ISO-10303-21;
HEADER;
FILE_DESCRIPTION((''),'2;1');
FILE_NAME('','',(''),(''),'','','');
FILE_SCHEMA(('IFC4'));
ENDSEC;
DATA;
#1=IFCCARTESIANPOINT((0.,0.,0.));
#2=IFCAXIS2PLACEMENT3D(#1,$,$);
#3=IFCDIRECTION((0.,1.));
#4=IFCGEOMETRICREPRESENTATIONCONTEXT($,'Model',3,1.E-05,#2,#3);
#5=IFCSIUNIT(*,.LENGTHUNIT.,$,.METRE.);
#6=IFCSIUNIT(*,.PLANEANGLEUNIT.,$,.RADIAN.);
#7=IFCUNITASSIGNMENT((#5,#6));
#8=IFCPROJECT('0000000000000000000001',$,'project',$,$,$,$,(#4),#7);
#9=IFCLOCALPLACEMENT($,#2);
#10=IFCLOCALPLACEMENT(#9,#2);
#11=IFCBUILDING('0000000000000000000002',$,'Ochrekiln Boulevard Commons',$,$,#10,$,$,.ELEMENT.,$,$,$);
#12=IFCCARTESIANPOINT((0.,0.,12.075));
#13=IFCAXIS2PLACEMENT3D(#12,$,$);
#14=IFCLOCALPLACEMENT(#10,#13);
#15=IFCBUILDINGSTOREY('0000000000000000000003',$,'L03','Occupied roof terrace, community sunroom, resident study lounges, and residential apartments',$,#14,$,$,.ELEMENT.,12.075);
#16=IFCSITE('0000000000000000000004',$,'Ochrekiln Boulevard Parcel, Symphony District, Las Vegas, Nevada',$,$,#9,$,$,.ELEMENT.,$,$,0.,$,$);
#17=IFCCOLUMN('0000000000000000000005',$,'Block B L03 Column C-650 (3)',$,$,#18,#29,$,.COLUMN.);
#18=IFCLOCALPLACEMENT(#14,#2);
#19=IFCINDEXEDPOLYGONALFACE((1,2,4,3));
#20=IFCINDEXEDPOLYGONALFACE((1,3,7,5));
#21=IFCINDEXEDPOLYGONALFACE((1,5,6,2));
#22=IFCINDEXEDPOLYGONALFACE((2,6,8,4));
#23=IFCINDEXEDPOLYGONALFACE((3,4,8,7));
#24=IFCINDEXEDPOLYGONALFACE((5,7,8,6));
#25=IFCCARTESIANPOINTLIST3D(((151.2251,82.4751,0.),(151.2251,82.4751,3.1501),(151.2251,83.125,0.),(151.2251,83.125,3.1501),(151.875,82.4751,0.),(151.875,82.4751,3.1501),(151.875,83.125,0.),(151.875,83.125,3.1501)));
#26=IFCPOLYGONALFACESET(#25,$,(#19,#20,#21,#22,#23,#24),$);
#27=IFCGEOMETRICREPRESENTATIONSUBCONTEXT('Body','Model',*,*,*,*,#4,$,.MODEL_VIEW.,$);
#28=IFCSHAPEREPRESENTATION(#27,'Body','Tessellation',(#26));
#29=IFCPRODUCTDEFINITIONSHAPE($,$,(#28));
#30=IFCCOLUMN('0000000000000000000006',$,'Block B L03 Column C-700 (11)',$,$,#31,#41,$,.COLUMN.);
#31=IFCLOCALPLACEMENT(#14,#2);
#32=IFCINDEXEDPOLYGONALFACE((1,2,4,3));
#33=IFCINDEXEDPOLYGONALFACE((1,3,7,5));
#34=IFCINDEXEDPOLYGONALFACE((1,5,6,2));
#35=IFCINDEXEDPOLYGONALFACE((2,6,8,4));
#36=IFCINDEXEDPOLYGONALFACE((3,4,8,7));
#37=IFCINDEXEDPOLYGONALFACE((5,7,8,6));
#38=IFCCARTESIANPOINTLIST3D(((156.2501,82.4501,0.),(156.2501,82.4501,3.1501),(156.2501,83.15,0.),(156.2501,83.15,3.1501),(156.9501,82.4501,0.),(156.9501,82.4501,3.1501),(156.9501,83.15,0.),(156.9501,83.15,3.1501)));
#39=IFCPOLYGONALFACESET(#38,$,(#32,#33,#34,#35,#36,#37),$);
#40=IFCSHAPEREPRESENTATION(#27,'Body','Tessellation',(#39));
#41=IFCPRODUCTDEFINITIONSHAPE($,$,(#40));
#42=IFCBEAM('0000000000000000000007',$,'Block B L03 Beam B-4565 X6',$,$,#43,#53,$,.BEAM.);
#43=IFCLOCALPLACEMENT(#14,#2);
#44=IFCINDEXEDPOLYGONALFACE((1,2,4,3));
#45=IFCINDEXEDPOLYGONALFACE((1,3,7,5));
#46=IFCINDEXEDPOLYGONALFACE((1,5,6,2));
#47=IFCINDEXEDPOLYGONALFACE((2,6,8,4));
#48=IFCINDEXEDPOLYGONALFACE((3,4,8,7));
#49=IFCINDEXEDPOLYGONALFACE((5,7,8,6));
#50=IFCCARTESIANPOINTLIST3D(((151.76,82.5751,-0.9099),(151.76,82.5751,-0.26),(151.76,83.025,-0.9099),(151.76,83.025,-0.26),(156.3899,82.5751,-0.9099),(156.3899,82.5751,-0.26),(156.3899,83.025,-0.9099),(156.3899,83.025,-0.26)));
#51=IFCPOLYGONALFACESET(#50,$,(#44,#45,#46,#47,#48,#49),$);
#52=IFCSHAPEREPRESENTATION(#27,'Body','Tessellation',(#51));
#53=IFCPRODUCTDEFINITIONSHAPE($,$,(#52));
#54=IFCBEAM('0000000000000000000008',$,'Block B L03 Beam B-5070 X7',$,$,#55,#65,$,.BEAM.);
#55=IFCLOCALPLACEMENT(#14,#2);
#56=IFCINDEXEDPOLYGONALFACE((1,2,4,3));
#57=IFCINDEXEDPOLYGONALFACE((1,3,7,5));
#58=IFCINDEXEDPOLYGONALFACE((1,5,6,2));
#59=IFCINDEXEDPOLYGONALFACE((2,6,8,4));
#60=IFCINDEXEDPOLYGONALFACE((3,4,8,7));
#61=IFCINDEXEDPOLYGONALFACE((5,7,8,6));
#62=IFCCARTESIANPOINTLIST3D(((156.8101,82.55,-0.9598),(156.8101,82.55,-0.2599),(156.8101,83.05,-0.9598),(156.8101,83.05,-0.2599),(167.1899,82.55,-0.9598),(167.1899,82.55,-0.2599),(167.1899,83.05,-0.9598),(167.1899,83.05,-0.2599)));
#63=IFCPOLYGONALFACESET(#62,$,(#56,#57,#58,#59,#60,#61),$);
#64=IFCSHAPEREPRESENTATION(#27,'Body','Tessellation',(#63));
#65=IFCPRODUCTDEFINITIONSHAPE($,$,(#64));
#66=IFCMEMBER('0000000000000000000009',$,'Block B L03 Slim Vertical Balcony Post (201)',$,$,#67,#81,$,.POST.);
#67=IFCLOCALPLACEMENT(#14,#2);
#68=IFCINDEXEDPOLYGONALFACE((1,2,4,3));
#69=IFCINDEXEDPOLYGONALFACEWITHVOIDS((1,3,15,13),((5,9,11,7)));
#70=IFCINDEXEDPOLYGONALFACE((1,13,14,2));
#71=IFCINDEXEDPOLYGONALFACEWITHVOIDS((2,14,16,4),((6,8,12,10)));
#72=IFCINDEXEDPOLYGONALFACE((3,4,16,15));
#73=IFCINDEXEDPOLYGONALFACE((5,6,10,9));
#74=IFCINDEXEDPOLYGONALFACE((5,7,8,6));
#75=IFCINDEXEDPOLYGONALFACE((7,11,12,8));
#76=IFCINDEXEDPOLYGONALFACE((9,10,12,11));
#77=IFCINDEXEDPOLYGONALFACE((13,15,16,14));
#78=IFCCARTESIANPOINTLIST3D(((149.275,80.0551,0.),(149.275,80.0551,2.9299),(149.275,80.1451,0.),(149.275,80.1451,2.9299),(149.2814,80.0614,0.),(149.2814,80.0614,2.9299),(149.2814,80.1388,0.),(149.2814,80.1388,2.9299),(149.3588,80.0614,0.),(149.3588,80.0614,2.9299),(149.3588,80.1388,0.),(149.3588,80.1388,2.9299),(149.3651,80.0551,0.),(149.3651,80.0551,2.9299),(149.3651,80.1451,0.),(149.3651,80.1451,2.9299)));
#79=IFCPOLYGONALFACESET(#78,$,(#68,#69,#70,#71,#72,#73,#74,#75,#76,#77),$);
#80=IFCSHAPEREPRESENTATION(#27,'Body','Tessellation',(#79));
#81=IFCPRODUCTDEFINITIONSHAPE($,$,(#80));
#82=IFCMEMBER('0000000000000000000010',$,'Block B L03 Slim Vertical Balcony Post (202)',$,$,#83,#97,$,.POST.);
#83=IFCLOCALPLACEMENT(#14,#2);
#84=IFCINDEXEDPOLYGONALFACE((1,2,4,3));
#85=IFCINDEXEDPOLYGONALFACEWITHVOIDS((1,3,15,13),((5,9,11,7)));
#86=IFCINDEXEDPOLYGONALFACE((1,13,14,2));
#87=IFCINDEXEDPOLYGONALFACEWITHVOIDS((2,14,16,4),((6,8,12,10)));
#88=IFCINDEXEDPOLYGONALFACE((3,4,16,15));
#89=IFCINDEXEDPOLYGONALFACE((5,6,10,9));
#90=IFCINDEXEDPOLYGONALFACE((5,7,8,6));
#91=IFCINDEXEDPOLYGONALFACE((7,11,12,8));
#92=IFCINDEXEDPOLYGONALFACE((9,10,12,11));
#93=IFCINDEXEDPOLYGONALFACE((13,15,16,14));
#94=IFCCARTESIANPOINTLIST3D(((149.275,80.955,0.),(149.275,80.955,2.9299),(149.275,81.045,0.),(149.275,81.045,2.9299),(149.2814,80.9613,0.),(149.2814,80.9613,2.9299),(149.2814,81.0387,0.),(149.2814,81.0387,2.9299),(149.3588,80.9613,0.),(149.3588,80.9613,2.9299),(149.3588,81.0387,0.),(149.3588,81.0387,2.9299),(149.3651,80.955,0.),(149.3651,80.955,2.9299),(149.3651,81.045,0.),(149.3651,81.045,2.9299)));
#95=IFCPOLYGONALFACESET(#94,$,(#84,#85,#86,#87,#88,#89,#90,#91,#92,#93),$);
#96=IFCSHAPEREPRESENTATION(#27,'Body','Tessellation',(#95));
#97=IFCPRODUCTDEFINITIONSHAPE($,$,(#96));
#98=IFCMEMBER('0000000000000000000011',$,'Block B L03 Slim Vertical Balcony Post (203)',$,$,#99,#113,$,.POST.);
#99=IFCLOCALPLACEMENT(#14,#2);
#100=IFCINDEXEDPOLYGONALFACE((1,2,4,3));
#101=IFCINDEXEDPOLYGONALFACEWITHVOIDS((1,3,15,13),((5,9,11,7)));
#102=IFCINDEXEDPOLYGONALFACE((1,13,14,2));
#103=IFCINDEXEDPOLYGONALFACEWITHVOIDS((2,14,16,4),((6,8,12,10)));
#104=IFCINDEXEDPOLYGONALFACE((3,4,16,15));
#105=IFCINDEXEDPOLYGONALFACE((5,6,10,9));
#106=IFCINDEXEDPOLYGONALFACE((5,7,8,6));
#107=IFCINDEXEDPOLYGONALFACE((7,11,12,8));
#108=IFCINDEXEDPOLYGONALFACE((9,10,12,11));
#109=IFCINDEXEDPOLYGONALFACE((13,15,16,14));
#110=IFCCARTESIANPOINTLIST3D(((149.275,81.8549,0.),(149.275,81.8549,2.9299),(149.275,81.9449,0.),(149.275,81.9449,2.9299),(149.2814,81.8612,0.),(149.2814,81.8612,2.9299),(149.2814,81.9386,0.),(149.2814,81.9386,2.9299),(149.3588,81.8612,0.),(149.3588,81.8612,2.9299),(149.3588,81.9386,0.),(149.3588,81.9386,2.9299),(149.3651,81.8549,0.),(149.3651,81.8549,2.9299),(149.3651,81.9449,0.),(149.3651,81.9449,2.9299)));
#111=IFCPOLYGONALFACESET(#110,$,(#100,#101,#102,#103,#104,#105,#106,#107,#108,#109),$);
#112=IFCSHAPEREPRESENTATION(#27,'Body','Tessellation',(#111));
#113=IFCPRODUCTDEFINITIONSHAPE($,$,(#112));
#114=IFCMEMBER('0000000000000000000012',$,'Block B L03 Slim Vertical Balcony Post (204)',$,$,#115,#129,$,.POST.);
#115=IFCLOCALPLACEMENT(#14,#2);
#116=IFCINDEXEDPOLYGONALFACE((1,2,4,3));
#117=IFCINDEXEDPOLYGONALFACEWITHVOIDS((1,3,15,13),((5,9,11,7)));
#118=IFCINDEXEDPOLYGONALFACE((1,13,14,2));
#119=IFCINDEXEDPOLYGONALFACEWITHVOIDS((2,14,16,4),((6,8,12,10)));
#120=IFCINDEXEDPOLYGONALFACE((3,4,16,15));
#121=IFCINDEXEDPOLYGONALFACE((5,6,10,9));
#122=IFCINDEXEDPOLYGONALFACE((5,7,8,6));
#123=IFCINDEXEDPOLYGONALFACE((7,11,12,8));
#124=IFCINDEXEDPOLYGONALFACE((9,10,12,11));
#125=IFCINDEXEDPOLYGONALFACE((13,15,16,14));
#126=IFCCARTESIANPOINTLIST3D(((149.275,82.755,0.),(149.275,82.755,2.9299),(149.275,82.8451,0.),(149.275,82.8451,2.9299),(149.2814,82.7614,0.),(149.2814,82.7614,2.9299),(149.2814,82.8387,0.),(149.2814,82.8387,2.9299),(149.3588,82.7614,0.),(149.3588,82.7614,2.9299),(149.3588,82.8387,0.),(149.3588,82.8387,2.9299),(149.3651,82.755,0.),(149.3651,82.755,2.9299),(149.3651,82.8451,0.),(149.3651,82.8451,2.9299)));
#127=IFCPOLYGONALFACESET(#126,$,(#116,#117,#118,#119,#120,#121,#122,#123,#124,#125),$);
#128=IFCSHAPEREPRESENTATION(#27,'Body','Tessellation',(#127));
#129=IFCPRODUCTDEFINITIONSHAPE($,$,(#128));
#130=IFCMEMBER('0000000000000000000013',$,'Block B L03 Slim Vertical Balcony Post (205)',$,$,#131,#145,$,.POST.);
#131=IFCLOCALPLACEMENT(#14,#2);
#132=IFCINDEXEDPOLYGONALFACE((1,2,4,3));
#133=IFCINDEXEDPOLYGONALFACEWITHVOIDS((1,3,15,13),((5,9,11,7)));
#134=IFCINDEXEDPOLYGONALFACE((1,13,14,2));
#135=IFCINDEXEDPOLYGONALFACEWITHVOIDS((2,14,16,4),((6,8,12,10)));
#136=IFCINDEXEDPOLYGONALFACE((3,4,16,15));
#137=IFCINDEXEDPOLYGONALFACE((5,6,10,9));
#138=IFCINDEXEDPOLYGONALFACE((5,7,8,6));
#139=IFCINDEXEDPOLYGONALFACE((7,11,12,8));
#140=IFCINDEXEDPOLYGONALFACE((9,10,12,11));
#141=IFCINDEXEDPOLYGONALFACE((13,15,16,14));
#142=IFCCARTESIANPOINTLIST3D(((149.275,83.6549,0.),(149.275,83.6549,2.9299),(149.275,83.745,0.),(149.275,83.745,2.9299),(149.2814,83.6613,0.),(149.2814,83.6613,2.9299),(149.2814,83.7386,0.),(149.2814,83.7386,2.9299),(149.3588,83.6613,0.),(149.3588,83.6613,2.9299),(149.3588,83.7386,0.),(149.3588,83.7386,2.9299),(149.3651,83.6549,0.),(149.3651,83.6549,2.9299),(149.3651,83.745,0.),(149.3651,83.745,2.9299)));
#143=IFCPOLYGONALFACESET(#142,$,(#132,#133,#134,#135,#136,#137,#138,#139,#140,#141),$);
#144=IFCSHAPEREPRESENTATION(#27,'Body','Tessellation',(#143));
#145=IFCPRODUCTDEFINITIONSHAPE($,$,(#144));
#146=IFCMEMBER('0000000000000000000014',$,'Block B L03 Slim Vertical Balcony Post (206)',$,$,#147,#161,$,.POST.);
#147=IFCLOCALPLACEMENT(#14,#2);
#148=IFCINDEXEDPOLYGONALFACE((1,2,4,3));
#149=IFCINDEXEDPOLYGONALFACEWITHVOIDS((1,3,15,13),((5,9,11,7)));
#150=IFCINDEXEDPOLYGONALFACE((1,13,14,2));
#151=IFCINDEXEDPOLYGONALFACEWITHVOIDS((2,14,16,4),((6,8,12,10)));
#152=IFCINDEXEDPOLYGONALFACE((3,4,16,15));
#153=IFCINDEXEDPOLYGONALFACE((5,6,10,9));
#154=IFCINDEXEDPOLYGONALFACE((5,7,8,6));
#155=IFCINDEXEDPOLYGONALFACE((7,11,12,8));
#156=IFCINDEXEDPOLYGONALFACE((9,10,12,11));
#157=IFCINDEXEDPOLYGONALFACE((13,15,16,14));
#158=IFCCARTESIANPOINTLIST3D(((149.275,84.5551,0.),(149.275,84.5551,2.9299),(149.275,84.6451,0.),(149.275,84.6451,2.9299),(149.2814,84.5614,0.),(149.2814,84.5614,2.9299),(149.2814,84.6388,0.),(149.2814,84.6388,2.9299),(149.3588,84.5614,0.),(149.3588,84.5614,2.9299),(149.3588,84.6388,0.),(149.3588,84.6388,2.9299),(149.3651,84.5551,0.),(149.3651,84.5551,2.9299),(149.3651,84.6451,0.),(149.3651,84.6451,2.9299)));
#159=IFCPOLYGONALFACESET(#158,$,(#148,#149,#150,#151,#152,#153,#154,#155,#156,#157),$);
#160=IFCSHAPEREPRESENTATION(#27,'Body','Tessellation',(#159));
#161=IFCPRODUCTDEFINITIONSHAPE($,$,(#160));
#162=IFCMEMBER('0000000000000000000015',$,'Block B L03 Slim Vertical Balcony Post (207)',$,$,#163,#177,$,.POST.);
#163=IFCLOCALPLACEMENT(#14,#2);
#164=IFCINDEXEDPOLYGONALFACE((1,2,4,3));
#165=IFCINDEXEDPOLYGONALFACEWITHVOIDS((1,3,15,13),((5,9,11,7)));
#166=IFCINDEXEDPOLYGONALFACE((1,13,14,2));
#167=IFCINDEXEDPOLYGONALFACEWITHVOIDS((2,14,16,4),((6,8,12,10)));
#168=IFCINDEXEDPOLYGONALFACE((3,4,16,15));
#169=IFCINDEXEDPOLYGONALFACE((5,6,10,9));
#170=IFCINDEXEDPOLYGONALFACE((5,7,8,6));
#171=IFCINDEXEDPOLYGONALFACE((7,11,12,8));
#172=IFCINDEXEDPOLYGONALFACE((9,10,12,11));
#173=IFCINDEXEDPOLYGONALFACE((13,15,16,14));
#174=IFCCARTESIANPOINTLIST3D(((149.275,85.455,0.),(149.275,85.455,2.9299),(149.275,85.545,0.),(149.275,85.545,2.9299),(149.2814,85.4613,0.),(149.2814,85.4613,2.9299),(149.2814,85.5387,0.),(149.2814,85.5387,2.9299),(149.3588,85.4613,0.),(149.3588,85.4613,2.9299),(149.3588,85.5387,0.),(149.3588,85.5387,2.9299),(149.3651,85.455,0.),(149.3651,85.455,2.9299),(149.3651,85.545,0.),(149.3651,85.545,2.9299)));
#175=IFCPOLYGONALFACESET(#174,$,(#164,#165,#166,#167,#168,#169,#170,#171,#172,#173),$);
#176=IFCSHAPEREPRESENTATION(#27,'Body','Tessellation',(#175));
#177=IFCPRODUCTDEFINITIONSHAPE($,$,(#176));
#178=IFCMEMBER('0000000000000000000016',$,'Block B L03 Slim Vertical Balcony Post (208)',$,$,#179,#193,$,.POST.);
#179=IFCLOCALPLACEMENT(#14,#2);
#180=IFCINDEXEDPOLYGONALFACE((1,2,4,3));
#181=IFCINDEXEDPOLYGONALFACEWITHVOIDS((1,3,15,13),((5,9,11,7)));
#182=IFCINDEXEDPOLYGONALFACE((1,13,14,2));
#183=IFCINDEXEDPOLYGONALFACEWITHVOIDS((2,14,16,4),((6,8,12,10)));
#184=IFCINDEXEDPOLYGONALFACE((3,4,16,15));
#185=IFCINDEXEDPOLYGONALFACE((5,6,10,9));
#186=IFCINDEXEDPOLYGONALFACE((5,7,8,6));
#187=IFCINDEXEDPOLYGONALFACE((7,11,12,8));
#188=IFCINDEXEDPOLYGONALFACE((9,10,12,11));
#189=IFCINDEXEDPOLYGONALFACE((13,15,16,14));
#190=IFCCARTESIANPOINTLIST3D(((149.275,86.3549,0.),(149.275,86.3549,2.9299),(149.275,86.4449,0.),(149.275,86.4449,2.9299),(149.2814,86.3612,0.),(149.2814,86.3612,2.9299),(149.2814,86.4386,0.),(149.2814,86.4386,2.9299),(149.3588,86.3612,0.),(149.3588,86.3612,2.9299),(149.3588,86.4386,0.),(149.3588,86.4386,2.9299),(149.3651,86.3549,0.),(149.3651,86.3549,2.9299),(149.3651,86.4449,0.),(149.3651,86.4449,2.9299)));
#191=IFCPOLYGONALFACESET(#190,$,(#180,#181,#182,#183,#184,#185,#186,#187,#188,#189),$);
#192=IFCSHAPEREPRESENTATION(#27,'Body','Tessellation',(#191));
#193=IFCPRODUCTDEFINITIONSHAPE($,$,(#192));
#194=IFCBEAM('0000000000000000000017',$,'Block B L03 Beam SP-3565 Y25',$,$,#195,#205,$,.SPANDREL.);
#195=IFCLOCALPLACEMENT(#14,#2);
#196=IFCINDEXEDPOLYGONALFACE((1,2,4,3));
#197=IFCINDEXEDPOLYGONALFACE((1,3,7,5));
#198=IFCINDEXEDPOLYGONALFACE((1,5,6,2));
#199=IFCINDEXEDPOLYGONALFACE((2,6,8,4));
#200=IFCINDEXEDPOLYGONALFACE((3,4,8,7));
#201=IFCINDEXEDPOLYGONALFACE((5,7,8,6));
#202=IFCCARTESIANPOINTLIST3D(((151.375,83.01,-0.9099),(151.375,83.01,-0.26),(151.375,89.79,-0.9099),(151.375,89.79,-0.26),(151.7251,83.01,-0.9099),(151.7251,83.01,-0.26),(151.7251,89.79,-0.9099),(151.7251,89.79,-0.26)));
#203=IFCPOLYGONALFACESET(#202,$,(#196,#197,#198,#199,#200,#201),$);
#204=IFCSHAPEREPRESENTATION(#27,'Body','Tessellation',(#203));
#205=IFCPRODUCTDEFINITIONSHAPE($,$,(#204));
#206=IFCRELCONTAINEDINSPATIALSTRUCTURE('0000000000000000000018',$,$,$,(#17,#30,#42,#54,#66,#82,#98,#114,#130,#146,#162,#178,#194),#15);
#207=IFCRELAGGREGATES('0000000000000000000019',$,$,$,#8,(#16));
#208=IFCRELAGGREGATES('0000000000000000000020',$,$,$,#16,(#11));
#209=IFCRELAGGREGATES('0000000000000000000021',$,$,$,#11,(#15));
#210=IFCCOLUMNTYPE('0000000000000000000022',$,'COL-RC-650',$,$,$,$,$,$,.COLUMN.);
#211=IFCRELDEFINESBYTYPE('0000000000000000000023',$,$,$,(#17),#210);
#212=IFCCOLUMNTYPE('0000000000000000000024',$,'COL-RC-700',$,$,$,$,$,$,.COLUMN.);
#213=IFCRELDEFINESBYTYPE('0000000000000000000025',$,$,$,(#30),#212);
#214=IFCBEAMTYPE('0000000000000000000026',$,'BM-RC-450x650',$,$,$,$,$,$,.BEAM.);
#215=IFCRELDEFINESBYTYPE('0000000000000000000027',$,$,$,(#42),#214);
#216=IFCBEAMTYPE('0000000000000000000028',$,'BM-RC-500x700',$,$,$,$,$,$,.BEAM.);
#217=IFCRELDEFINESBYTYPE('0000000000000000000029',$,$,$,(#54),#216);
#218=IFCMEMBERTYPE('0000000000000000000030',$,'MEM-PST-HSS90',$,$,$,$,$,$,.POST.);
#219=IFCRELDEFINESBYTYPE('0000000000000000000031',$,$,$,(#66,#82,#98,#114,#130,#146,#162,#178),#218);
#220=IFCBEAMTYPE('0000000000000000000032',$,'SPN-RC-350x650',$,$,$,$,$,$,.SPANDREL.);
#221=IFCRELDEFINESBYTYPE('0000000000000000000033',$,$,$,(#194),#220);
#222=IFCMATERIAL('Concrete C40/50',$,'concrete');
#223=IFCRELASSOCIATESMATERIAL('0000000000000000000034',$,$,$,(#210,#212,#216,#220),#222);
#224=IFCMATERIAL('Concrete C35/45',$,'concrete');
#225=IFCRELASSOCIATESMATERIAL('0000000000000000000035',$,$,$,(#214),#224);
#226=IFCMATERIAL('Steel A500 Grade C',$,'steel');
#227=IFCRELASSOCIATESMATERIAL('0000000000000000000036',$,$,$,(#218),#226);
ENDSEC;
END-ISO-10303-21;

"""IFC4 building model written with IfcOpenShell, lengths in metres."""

from ifc_helpers import new_model, si_unit, direction, frame, origin, origin_2d, place, context, subcontext, project, spatial, rectangle, hollow_rectangle, extrude, material, material_profile, profile_set, type_object, element, save


model = new_model("IFC4")

# Units and contexts
model_context = context("Model", 3, precision=1e-05, world=origin(), true_north=direction((0.0, 1.0)))
body_context = subcontext(model_context, "Body", "Model", "MODEL_VIEW")
ifc_project = project(units=[si_unit("LENGTHUNIT", "METRE"), si_unit("PLANEANGLEUNIT", "RADIAN")], contexts=[model_context])

# Site, building, storey
site_placement = place(None, origin())
site = spatial("IfcSite", under=ifc_project, at=site_placement, Name="Ochrekiln Boulevard Parcel, Symphony District, Las Vegas, Nevada", CompositionType="ELEMENT", RefElevation=0.0)
building_placement = place(site_placement, origin())
building = spatial("IfcBuilding", under=site, at=building_placement, Name="Ochrekiln Boulevard Commons", CompositionType="ELEMENT")
storey_placement = place(building_placement, frame((0.0, 0.0, 12.075)))
storey = spatial("IfcBuildingStorey", under=building, at=storey_placement, Name="L03", Description="Occupied roof terrace, community sunroom, resident study lounges, and residential apartments", CompositionType="ELEMENT", Elevation=12.075)

# Columns
ifc_material_1 = material(Name="Concrete C40/50", Category="concrete")
ifc_material_profile_1 = material_profile(ifc_material_1, rectangle(XDim=0.6499, YDim=0.6499, at=origin_2d()), Name="RC-COL-650x650")
ifc_profile_set_1 = profile_set([ifc_material_profile_1], Name="Concrete C40/50")
column_type_1 = type_object("IfcColumnType", Name="COL-RC-650", PredefinedType="COLUMN", material=ifc_profile_set_1)
column_1_placement = place(storey_placement, frame((151.55, 82.8, 0.0), z_axis=(0.0, 0.0, 1.0), x_axis=(1.0, 0.0, 0.0)))
element("IfcColumn", 1, at=column_1_placement, inside=storey, type_object=column_type_1, Name="Block B L03 Column C-650 (3)", PredefinedType="COLUMN", context=body_context, shape_type="SweptSolid", body=[
    extrude(rectangle(XDim=0.6499, YDim=0.6499, at=origin_2d()), origin(), (0.0, 0.0, 1.0), 3.1501),
])
ifc_material_profile_2 = material_profile(ifc_material_1, rectangle(XDim=0.7, YDim=0.7, at=origin_2d()), Name="RC-COL-700x700")
ifc_profile_set_2 = profile_set([ifc_material_profile_2], Name="Concrete C40/50")
column_type_2 = type_object("IfcColumnType", Name="COL-RC-700", PredefinedType="COLUMN", material=ifc_profile_set_2)
column_2_placement = place(storey_placement, frame((156.6001, 82.8, 0.0), z_axis=(0.0, 0.0, 1.0), x_axis=(1.0, 0.0, 0.0)))
element("IfcColumn", 2, at=column_2_placement, inside=storey, type_object=column_type_2, Name="Block B L03 Column C-700 (11)", PredefinedType="COLUMN", context=body_context, shape_type="SweptSolid", body=[
    extrude(rectangle(XDim=0.7, YDim=0.7, at=origin_2d()), origin(), (0.0, 0.0, 1.0), 3.1501),
])

# Beams
ifc_material_2 = material(Name="Concrete C35/45", Category="concrete")
ifc_material_profile_3 = material_profile(ifc_material_2, rectangle(XDim=0.45, YDim=0.6499, at=origin_2d()), Name="RC-BM-450x650")
ifc_profile_set_3 = profile_set([ifc_material_profile_3], Name="Concrete C35/45")
beam_type_1 = type_object("IfcBeamType", Name="BM-RC-450x650", PredefinedType="BEAM", material=ifc_profile_set_3)
beam_1_placement = place(storey_placement, frame((151.76, 82.8, -0.585), z_axis=(1.0, 0.0, 0.0), x_axis=(0.0, 1.0, 0.0)))
element("IfcBeam", 3, at=beam_1_placement, inside=storey, type_object=beam_type_1, Name="Block B L03 Beam B-4565 X6", PredefinedType="BEAM", context=body_context, shape_type="SweptSolid", body=[
    extrude(rectangle(XDim=0.45, YDim=0.6499, at=origin_2d()), origin(), (0.0, 0.0, 1.0), 4.6299),
])
ifc_material_profile_4 = material_profile(ifc_material_1, rectangle(XDim=0.5, YDim=0.7, at=origin_2d()), Name="RC-BM-500x700")
ifc_profile_set_4 = profile_set([ifc_material_profile_4], Name="Concrete C40/50")
beam_type_2 = type_object("IfcBeamType", Name="BM-RC-500x700", PredefinedType="BEAM", material=ifc_profile_set_4)
beam_2_placement = place(storey_placement, frame((156.8101, 82.8, -0.6099), z_axis=(1.0, 0.0, 0.0), x_axis=(0.0, 1.0, 0.0)))
element("IfcBeam", 4, at=beam_2_placement, inside=storey, type_object=beam_type_2, Name="Block B L03 Beam B-5070 X7", PredefinedType="BEAM", context=body_context, shape_type="SweptSolid", body=[
    extrude(rectangle(XDim=0.5, YDim=0.7, at=origin_2d()), origin(), (0.0, 0.0, 1.0), 10.3799),
])

# Members
ifc_material_3 = material(Name="Steel A500 Grade C", Category="steel")
ifc_material_profile_5 = material_profile(ifc_material_3, hollow_rectangle(XDim=0.0901, YDim=0.0901, WallThickness=0.0063, at=origin_2d()), Name="HSS90X90X6.4")
ifc_profile_set_5 = profile_set([ifc_material_profile_5], Name="Steel A500 Grade C")
member_type = type_object("IfcMemberType", Name="MEM-PST-HSS90", PredefinedType="POST", material=ifc_profile_set_5)
for number, where, z_axis, x_axis, name in (
    (5, (149.3201, 80.1001, 0.0), (0.0, 0.0, 1.0), (1.0, 0.0, 0.0), "Block B L03 Slim Vertical Balcony Post (201)"),
    (6, (149.3201, 81.0, 0.0), (0.0, 0.0, 1.0), (1.0, 0.0, 0.0), "Block B L03 Slim Vertical Balcony Post (202)"),
    (7, (149.3201, 81.8999, 0.0), (0.0, 0.0, 1.0), (1.0, 0.0, 0.0), "Block B L03 Slim Vertical Balcony Post (203)"),
    (8, (149.3201, 82.8, 0.0), (0.0, 0.0, 1.0), (1.0, 0.0, 0.0), "Block B L03 Slim Vertical Balcony Post (204)"),
    (9, (149.3201, 83.7, 0.0), (0.0, 0.0, 1.0), (1.0, 0.0, 0.0), "Block B L03 Slim Vertical Balcony Post (205)"),
    (10, (149.3201, 84.6001, 0.0), (0.0, 0.0, 1.0), (1.0, 0.0, 0.0), "Block B L03 Slim Vertical Balcony Post (206)"),
    (11, (149.3201, 85.5, 0.0), (0.0, 0.0, 1.0), (1.0, 0.0, 0.0), "Block B L03 Slim Vertical Balcony Post (207)"),
    (12, (149.3201, 86.3999, 0.0), (0.0, 0.0, 1.0), (1.0, 0.0, 0.0), "Block B L03 Slim Vertical Balcony Post (208)"),
):
    element("IfcMember", number, at=place(storey_placement, frame(where, z_axis=z_axis, x_axis=x_axis)), inside=storey, type_object=member_type, Name=name, PredefinedType="POST", context=body_context, shape_type="SweptSolid", body=[
        extrude(hollow_rectangle(XDim=0.0901, YDim=0.0901, WallThickness=0.0063, at=origin_2d()), origin(), (0.0, 0.0, 1.0), 2.9299),
    ])

# Beam
ifc_material_profile_6 = material_profile(ifc_material_1, rectangle(XDim=0.3501, YDim=0.6499, at=origin_2d()), Name="RC-SPN-350x650")
ifc_profile_set_6 = profile_set([ifc_material_profile_6], Name="Concrete C40/50")
beam_type_3 = type_object("IfcBeamType", Name="SPN-RC-350x650", PredefinedType="SPANDREL", material=ifc_profile_set_6)
beam_3_placement = place(storey_placement, frame((151.55, 83.01, -0.585), z_axis=(0.0, 1.0, 0.0), x_axis=(-1.0, 0.0, 0.0)))
element("IfcBeam", 13, at=beam_3_placement, inside=storey, type_object=beam_type_3, Name="Block B L03 Beam SP-3565 Y25", PredefinedType="SPANDREL", context=body_context, shape_type="SweptSolid", body=[
    extrude(rectangle(XDim=0.3501, YDim=0.6499, at=origin_2d()), origin(), (0.0, 0.0, 1.0), 6.78),
])

save(model, "model.ifc")
